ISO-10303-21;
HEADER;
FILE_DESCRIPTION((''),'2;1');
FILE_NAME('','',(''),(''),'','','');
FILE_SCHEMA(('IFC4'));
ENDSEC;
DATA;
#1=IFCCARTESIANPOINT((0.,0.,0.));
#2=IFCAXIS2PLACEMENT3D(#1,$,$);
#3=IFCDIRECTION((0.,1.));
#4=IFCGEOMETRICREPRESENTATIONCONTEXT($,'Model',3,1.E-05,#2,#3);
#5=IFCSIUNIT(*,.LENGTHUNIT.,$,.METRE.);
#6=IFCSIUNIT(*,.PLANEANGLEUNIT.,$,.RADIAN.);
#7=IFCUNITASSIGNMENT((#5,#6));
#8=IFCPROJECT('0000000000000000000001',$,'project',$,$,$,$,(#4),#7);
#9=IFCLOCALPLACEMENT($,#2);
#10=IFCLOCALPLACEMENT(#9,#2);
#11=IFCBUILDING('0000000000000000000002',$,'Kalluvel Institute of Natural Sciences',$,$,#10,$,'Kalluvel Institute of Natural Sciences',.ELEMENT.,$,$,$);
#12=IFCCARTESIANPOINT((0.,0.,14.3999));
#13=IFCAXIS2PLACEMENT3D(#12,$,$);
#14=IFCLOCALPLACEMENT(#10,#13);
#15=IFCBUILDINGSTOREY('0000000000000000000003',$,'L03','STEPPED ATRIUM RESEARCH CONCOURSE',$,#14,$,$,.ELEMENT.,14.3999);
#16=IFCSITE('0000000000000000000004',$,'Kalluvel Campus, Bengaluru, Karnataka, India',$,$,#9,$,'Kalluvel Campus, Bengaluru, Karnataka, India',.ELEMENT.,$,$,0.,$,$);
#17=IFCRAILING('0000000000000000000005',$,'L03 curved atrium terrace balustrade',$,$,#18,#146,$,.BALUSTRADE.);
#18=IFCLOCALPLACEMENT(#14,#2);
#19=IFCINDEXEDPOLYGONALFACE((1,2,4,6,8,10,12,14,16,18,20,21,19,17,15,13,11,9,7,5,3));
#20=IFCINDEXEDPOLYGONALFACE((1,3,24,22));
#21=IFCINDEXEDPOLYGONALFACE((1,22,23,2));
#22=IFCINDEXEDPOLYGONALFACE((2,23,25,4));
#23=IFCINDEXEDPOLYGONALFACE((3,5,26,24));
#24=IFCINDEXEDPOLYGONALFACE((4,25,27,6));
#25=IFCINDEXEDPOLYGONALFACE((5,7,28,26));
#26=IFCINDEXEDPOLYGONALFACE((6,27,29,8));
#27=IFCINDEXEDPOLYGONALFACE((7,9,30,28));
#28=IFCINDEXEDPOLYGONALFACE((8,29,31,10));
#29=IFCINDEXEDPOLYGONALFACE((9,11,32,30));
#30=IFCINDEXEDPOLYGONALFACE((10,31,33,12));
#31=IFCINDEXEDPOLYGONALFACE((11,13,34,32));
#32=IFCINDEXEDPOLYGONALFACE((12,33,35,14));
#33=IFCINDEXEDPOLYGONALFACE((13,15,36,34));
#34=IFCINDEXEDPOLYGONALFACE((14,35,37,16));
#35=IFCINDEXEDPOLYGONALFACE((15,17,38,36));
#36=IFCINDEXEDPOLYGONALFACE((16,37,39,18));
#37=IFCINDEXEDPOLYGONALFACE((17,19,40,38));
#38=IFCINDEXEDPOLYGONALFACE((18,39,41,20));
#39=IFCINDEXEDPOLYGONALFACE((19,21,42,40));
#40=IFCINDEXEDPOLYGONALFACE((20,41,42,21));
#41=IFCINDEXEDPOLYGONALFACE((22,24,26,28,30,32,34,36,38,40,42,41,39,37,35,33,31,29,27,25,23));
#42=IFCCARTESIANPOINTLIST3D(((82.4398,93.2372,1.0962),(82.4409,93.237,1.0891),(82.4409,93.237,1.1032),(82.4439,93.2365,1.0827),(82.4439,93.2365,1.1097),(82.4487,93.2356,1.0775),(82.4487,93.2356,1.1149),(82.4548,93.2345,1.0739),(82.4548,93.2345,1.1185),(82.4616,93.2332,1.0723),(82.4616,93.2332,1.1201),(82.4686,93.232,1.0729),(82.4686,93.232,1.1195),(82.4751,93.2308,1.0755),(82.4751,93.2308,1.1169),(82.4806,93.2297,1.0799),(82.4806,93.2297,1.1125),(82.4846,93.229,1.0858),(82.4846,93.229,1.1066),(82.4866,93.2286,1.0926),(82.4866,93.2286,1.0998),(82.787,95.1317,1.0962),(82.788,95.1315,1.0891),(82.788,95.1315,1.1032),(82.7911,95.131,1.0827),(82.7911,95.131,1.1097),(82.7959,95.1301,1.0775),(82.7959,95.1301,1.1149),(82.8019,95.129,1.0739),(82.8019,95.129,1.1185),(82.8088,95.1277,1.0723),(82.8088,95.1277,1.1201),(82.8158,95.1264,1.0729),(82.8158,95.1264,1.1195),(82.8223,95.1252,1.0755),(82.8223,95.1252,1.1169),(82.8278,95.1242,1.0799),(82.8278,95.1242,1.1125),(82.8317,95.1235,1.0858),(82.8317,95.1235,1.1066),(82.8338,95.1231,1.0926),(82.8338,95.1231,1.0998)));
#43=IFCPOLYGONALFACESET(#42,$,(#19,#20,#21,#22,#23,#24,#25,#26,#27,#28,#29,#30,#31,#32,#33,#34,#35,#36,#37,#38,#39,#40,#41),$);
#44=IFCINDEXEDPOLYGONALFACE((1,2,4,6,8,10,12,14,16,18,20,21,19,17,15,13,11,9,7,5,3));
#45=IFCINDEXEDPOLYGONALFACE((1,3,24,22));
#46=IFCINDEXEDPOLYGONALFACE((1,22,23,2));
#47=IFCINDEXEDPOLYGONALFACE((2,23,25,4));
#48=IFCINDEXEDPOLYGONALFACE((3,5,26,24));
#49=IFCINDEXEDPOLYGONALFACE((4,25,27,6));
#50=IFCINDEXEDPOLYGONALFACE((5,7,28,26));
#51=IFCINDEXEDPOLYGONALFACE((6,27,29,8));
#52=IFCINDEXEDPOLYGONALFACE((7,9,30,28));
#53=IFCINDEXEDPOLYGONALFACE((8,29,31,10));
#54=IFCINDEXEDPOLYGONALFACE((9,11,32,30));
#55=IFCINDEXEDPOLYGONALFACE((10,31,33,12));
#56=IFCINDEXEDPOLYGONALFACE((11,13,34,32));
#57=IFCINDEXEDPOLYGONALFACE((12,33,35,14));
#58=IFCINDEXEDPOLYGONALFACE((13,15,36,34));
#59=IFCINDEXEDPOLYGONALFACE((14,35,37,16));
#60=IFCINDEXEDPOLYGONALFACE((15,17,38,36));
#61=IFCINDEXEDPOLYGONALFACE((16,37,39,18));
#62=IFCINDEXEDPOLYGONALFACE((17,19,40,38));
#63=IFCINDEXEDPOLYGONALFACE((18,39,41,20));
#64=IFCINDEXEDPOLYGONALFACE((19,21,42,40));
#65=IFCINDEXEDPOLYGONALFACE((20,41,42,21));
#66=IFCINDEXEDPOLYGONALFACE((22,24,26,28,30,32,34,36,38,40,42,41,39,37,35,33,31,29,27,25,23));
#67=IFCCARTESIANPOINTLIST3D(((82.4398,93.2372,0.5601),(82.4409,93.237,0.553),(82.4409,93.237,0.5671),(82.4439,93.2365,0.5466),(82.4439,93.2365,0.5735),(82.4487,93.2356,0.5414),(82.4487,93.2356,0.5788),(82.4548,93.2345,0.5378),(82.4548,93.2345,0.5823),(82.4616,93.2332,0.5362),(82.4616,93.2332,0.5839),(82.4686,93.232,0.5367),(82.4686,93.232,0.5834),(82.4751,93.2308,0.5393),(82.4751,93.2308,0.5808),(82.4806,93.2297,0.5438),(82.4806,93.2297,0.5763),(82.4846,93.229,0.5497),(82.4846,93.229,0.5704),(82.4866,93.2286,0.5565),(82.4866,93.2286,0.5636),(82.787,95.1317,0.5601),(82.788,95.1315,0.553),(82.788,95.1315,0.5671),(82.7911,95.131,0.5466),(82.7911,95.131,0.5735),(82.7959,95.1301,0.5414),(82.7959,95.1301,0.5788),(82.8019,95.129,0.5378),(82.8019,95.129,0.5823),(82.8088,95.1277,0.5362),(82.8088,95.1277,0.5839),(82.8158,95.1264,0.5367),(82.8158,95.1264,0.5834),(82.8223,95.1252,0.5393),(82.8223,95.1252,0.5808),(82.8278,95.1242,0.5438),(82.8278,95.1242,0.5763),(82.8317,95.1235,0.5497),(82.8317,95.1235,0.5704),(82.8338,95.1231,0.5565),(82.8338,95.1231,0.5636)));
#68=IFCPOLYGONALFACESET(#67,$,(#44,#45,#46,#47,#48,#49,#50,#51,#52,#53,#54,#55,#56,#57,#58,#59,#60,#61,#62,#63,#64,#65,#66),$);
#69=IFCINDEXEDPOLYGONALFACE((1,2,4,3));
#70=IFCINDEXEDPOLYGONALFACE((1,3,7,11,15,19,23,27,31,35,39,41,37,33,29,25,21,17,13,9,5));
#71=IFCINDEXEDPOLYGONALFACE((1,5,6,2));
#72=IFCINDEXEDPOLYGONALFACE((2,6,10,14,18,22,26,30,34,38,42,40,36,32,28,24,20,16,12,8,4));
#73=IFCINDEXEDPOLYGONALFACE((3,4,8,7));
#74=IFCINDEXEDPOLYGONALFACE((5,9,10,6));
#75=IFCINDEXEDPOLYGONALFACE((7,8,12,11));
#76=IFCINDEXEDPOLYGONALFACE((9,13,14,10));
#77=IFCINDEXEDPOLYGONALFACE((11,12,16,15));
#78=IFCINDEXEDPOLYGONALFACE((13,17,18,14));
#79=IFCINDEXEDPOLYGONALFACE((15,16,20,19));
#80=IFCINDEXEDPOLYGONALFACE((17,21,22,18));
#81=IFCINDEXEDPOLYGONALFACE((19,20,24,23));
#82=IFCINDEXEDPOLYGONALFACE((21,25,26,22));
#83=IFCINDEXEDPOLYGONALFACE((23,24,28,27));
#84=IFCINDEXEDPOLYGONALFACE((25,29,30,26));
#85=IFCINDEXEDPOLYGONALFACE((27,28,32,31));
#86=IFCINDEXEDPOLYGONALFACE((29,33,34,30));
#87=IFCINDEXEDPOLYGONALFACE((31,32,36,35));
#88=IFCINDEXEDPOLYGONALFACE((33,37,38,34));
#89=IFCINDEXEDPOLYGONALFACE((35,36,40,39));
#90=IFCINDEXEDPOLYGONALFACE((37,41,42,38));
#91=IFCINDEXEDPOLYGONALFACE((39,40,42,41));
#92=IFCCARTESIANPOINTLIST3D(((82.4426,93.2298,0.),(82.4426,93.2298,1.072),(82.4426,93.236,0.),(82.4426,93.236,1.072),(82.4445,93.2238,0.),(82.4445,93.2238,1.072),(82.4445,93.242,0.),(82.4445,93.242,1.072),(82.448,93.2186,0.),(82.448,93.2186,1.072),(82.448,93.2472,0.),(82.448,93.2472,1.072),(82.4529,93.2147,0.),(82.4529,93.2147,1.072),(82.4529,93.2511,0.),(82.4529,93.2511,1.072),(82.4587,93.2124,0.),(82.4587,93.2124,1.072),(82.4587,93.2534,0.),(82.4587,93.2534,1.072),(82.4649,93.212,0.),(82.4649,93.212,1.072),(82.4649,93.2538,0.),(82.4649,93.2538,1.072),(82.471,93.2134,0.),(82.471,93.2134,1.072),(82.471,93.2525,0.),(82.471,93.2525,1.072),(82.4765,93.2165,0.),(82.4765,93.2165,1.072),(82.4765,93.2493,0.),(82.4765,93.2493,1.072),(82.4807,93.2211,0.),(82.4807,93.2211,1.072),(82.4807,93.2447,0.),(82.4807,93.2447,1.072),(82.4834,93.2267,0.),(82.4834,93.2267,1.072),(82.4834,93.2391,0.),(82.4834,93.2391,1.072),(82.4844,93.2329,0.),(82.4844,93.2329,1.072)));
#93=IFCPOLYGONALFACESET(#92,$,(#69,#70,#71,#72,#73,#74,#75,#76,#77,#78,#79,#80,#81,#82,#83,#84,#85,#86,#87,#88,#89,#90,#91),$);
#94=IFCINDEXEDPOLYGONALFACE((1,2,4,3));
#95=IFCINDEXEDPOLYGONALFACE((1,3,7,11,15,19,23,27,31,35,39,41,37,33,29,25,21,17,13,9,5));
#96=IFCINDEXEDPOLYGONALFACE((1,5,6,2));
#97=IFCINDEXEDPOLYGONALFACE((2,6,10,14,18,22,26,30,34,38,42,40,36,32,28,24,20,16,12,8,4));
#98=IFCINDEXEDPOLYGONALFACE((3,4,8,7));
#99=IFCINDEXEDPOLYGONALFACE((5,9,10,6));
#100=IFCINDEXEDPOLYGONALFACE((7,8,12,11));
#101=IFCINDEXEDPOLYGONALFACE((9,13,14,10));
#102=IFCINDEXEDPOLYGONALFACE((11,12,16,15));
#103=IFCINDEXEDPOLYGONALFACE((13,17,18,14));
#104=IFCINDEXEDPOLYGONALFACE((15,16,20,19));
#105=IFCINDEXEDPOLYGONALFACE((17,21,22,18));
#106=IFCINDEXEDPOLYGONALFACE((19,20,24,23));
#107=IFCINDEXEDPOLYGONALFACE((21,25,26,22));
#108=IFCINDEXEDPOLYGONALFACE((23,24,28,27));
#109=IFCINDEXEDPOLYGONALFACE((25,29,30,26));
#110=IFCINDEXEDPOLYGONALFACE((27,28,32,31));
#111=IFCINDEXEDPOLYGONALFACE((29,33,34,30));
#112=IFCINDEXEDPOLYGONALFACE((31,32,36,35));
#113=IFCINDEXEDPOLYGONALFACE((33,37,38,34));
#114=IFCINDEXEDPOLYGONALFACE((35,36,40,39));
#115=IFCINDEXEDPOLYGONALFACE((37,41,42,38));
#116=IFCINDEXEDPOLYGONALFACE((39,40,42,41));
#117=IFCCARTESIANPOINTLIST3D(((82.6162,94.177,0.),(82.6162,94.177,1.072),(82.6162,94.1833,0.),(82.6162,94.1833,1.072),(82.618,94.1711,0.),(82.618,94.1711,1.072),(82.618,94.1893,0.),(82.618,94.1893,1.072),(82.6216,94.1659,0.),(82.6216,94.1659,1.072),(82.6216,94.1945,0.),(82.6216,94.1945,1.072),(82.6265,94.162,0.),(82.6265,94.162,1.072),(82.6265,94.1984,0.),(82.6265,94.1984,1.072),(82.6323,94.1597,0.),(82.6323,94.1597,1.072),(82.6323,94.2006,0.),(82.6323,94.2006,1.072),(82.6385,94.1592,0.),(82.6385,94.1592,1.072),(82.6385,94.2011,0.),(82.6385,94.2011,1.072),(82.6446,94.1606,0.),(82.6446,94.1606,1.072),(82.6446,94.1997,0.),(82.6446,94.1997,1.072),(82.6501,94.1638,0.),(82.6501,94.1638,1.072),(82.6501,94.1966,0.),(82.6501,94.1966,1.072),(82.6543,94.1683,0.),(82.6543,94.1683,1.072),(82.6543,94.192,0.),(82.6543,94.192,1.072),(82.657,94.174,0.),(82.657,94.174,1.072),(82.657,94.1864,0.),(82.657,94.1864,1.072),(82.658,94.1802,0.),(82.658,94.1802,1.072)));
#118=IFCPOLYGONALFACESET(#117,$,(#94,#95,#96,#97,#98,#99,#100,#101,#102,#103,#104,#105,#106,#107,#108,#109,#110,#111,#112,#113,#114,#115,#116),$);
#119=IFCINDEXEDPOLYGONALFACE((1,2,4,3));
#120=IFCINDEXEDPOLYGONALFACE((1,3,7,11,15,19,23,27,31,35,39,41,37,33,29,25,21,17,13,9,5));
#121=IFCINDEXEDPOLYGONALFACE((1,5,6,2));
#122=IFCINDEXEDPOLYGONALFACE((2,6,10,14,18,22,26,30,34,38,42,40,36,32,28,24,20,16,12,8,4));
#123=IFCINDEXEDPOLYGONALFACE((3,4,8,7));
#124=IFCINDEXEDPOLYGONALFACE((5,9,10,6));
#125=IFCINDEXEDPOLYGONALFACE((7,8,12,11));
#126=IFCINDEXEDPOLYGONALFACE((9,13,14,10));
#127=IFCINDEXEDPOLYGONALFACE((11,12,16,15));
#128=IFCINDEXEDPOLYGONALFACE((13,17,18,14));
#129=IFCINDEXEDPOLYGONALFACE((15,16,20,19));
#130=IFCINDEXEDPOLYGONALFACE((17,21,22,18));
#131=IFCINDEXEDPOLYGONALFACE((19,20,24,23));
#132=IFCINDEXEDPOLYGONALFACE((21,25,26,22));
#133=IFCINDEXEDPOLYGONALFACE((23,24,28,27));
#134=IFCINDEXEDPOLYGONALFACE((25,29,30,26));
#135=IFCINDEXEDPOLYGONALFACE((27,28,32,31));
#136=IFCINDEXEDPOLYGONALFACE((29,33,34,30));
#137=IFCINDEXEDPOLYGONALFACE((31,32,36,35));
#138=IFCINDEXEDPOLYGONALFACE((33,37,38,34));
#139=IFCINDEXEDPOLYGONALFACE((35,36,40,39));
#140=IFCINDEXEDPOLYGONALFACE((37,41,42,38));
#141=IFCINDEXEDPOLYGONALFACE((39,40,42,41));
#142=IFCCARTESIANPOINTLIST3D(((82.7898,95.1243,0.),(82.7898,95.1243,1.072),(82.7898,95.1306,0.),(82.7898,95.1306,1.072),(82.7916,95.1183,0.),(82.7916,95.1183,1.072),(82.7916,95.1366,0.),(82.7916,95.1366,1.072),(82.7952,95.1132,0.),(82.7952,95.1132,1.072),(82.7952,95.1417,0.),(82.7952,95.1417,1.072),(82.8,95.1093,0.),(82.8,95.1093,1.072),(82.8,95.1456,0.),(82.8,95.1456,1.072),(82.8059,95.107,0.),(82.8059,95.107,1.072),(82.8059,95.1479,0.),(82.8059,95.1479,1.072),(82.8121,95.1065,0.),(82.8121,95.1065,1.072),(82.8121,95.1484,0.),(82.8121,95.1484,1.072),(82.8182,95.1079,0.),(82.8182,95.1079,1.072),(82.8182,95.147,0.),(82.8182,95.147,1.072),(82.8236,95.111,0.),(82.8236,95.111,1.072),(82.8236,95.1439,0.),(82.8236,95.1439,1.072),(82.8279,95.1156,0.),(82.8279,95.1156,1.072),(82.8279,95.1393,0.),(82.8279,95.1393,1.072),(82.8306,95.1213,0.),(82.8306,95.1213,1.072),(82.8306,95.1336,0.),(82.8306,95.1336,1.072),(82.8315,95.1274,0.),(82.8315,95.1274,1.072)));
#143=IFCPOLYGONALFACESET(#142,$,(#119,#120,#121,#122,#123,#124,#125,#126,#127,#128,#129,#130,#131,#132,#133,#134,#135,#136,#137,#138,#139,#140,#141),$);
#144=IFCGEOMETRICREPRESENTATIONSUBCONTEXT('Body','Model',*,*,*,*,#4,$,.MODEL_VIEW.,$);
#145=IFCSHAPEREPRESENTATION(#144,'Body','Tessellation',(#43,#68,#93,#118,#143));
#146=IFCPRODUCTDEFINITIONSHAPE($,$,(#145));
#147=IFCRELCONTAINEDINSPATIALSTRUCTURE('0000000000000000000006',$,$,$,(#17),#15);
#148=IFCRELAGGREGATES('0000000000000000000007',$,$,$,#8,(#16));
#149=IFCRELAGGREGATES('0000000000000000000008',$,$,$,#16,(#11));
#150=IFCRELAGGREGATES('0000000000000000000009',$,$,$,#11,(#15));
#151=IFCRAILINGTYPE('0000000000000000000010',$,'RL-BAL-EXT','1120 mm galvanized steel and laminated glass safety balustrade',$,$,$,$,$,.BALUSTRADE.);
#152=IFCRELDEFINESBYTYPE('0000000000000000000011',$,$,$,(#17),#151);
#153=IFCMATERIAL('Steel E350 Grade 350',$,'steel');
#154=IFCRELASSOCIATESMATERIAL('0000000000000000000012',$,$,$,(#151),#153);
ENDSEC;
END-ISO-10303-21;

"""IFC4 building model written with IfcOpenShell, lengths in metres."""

from ifc_helpers import new_model, si_unit, direction, frame, origin, origin_2d, place, context, subcontext, project, spatial, circle, extrude, material, type_object, element, save


model = new_model("IFC4")

# Units and contexts
model_context = context("Model", 3, precision=1e-05, world=origin(), true_north=direction((0.0, 1.0)))
body_context = subcontext(model_context, "Body", "Model", "MODEL_VIEW")
ifc_project = project(units=[si_unit("LENGTHUNIT", "METRE"), si_unit("PLANEANGLEUNIT", "RADIAN")], contexts=[model_context])

# Site, building, storey
site_placement = place(None, origin())
site = spatial("IfcSite", under=ifc_project, at=site_placement, Name="Kalluvel Campus, Bengaluru, Karnataka, India", LongName="Kalluvel Campus, Bengaluru, Karnataka, India", CompositionType="ELEMENT", RefElevation=0.0)
building_placement = place(site_placement, origin())
building = spatial("IfcBuilding", under=site, at=building_placement, Name="Kalluvel Institute of Natural Sciences", LongName="Kalluvel Institute of Natural Sciences", CompositionType="ELEMENT")
storey_placement = place(building_placement, frame((0.0, 0.0, 14.3999)))
storey = spatial("IfcBuildingStorey", under=building, at=storey_placement, Name="L03", Description="STEPPED ATRIUM RESEARCH CONCOURSE", CompositionType="ELEMENT", Elevation=14.3999)

# Railing
ifc_material_1 = material(Name="Steel E350 Grade 350", Category="steel")
railing_type = type_object("IfcRailingType", Name="RL-BAL-EXT", Description="1120 mm galvanized steel and laminated glass safety balustrade", PredefinedType="BALUSTRADE", material=ifc_material_1)
railing_1_placement = place(storey_placement, frame((82.4634, 93.2329, 0.0)))
element("IfcRailing", 1, at=railing_1_placement, inside=storey, type_object=railing_type, Name="L03 curved atrium terrace balustrade", PredefinedType="BALUSTRADE", context=body_context, shape_type="SweptSolid", body=[
    extrude(circle(Radius=0.0239, at=origin_2d()), frame((0.0, 0.0, 1.0962), z_axis=(0.180246, 0.983622, 0.0), x_axis=(-0.983622, 0.180246, 0.0)), (0.0, 0.0, 1.0), 1.926),
    extrude(circle(Radius=0.0239, at=origin_2d()), frame((0.0, 0.0, 0.5601), z_axis=(0.180246, 0.983622, 0.0), x_axis=(-0.983622, 0.180246, 0.0)), (0.0, 0.0, 1.0), 1.926),
    extrude(circle(Radius=0.021, at=origin_2d()), origin(), (0.0, 0.0, 1.0), 1.072),
    extrude(circle(Radius=0.021, at=origin_2d()), frame((0.1736, 0.9473, 0.0)), (0.0, 0.0, 1.0), 1.072),
    extrude(circle(Radius=0.021, at=origin_2d()), frame((0.3472, 1.8945, 0.0)), (0.0, 0.0, 1.0), 1.072),
])

save(model, "model.ifc")
